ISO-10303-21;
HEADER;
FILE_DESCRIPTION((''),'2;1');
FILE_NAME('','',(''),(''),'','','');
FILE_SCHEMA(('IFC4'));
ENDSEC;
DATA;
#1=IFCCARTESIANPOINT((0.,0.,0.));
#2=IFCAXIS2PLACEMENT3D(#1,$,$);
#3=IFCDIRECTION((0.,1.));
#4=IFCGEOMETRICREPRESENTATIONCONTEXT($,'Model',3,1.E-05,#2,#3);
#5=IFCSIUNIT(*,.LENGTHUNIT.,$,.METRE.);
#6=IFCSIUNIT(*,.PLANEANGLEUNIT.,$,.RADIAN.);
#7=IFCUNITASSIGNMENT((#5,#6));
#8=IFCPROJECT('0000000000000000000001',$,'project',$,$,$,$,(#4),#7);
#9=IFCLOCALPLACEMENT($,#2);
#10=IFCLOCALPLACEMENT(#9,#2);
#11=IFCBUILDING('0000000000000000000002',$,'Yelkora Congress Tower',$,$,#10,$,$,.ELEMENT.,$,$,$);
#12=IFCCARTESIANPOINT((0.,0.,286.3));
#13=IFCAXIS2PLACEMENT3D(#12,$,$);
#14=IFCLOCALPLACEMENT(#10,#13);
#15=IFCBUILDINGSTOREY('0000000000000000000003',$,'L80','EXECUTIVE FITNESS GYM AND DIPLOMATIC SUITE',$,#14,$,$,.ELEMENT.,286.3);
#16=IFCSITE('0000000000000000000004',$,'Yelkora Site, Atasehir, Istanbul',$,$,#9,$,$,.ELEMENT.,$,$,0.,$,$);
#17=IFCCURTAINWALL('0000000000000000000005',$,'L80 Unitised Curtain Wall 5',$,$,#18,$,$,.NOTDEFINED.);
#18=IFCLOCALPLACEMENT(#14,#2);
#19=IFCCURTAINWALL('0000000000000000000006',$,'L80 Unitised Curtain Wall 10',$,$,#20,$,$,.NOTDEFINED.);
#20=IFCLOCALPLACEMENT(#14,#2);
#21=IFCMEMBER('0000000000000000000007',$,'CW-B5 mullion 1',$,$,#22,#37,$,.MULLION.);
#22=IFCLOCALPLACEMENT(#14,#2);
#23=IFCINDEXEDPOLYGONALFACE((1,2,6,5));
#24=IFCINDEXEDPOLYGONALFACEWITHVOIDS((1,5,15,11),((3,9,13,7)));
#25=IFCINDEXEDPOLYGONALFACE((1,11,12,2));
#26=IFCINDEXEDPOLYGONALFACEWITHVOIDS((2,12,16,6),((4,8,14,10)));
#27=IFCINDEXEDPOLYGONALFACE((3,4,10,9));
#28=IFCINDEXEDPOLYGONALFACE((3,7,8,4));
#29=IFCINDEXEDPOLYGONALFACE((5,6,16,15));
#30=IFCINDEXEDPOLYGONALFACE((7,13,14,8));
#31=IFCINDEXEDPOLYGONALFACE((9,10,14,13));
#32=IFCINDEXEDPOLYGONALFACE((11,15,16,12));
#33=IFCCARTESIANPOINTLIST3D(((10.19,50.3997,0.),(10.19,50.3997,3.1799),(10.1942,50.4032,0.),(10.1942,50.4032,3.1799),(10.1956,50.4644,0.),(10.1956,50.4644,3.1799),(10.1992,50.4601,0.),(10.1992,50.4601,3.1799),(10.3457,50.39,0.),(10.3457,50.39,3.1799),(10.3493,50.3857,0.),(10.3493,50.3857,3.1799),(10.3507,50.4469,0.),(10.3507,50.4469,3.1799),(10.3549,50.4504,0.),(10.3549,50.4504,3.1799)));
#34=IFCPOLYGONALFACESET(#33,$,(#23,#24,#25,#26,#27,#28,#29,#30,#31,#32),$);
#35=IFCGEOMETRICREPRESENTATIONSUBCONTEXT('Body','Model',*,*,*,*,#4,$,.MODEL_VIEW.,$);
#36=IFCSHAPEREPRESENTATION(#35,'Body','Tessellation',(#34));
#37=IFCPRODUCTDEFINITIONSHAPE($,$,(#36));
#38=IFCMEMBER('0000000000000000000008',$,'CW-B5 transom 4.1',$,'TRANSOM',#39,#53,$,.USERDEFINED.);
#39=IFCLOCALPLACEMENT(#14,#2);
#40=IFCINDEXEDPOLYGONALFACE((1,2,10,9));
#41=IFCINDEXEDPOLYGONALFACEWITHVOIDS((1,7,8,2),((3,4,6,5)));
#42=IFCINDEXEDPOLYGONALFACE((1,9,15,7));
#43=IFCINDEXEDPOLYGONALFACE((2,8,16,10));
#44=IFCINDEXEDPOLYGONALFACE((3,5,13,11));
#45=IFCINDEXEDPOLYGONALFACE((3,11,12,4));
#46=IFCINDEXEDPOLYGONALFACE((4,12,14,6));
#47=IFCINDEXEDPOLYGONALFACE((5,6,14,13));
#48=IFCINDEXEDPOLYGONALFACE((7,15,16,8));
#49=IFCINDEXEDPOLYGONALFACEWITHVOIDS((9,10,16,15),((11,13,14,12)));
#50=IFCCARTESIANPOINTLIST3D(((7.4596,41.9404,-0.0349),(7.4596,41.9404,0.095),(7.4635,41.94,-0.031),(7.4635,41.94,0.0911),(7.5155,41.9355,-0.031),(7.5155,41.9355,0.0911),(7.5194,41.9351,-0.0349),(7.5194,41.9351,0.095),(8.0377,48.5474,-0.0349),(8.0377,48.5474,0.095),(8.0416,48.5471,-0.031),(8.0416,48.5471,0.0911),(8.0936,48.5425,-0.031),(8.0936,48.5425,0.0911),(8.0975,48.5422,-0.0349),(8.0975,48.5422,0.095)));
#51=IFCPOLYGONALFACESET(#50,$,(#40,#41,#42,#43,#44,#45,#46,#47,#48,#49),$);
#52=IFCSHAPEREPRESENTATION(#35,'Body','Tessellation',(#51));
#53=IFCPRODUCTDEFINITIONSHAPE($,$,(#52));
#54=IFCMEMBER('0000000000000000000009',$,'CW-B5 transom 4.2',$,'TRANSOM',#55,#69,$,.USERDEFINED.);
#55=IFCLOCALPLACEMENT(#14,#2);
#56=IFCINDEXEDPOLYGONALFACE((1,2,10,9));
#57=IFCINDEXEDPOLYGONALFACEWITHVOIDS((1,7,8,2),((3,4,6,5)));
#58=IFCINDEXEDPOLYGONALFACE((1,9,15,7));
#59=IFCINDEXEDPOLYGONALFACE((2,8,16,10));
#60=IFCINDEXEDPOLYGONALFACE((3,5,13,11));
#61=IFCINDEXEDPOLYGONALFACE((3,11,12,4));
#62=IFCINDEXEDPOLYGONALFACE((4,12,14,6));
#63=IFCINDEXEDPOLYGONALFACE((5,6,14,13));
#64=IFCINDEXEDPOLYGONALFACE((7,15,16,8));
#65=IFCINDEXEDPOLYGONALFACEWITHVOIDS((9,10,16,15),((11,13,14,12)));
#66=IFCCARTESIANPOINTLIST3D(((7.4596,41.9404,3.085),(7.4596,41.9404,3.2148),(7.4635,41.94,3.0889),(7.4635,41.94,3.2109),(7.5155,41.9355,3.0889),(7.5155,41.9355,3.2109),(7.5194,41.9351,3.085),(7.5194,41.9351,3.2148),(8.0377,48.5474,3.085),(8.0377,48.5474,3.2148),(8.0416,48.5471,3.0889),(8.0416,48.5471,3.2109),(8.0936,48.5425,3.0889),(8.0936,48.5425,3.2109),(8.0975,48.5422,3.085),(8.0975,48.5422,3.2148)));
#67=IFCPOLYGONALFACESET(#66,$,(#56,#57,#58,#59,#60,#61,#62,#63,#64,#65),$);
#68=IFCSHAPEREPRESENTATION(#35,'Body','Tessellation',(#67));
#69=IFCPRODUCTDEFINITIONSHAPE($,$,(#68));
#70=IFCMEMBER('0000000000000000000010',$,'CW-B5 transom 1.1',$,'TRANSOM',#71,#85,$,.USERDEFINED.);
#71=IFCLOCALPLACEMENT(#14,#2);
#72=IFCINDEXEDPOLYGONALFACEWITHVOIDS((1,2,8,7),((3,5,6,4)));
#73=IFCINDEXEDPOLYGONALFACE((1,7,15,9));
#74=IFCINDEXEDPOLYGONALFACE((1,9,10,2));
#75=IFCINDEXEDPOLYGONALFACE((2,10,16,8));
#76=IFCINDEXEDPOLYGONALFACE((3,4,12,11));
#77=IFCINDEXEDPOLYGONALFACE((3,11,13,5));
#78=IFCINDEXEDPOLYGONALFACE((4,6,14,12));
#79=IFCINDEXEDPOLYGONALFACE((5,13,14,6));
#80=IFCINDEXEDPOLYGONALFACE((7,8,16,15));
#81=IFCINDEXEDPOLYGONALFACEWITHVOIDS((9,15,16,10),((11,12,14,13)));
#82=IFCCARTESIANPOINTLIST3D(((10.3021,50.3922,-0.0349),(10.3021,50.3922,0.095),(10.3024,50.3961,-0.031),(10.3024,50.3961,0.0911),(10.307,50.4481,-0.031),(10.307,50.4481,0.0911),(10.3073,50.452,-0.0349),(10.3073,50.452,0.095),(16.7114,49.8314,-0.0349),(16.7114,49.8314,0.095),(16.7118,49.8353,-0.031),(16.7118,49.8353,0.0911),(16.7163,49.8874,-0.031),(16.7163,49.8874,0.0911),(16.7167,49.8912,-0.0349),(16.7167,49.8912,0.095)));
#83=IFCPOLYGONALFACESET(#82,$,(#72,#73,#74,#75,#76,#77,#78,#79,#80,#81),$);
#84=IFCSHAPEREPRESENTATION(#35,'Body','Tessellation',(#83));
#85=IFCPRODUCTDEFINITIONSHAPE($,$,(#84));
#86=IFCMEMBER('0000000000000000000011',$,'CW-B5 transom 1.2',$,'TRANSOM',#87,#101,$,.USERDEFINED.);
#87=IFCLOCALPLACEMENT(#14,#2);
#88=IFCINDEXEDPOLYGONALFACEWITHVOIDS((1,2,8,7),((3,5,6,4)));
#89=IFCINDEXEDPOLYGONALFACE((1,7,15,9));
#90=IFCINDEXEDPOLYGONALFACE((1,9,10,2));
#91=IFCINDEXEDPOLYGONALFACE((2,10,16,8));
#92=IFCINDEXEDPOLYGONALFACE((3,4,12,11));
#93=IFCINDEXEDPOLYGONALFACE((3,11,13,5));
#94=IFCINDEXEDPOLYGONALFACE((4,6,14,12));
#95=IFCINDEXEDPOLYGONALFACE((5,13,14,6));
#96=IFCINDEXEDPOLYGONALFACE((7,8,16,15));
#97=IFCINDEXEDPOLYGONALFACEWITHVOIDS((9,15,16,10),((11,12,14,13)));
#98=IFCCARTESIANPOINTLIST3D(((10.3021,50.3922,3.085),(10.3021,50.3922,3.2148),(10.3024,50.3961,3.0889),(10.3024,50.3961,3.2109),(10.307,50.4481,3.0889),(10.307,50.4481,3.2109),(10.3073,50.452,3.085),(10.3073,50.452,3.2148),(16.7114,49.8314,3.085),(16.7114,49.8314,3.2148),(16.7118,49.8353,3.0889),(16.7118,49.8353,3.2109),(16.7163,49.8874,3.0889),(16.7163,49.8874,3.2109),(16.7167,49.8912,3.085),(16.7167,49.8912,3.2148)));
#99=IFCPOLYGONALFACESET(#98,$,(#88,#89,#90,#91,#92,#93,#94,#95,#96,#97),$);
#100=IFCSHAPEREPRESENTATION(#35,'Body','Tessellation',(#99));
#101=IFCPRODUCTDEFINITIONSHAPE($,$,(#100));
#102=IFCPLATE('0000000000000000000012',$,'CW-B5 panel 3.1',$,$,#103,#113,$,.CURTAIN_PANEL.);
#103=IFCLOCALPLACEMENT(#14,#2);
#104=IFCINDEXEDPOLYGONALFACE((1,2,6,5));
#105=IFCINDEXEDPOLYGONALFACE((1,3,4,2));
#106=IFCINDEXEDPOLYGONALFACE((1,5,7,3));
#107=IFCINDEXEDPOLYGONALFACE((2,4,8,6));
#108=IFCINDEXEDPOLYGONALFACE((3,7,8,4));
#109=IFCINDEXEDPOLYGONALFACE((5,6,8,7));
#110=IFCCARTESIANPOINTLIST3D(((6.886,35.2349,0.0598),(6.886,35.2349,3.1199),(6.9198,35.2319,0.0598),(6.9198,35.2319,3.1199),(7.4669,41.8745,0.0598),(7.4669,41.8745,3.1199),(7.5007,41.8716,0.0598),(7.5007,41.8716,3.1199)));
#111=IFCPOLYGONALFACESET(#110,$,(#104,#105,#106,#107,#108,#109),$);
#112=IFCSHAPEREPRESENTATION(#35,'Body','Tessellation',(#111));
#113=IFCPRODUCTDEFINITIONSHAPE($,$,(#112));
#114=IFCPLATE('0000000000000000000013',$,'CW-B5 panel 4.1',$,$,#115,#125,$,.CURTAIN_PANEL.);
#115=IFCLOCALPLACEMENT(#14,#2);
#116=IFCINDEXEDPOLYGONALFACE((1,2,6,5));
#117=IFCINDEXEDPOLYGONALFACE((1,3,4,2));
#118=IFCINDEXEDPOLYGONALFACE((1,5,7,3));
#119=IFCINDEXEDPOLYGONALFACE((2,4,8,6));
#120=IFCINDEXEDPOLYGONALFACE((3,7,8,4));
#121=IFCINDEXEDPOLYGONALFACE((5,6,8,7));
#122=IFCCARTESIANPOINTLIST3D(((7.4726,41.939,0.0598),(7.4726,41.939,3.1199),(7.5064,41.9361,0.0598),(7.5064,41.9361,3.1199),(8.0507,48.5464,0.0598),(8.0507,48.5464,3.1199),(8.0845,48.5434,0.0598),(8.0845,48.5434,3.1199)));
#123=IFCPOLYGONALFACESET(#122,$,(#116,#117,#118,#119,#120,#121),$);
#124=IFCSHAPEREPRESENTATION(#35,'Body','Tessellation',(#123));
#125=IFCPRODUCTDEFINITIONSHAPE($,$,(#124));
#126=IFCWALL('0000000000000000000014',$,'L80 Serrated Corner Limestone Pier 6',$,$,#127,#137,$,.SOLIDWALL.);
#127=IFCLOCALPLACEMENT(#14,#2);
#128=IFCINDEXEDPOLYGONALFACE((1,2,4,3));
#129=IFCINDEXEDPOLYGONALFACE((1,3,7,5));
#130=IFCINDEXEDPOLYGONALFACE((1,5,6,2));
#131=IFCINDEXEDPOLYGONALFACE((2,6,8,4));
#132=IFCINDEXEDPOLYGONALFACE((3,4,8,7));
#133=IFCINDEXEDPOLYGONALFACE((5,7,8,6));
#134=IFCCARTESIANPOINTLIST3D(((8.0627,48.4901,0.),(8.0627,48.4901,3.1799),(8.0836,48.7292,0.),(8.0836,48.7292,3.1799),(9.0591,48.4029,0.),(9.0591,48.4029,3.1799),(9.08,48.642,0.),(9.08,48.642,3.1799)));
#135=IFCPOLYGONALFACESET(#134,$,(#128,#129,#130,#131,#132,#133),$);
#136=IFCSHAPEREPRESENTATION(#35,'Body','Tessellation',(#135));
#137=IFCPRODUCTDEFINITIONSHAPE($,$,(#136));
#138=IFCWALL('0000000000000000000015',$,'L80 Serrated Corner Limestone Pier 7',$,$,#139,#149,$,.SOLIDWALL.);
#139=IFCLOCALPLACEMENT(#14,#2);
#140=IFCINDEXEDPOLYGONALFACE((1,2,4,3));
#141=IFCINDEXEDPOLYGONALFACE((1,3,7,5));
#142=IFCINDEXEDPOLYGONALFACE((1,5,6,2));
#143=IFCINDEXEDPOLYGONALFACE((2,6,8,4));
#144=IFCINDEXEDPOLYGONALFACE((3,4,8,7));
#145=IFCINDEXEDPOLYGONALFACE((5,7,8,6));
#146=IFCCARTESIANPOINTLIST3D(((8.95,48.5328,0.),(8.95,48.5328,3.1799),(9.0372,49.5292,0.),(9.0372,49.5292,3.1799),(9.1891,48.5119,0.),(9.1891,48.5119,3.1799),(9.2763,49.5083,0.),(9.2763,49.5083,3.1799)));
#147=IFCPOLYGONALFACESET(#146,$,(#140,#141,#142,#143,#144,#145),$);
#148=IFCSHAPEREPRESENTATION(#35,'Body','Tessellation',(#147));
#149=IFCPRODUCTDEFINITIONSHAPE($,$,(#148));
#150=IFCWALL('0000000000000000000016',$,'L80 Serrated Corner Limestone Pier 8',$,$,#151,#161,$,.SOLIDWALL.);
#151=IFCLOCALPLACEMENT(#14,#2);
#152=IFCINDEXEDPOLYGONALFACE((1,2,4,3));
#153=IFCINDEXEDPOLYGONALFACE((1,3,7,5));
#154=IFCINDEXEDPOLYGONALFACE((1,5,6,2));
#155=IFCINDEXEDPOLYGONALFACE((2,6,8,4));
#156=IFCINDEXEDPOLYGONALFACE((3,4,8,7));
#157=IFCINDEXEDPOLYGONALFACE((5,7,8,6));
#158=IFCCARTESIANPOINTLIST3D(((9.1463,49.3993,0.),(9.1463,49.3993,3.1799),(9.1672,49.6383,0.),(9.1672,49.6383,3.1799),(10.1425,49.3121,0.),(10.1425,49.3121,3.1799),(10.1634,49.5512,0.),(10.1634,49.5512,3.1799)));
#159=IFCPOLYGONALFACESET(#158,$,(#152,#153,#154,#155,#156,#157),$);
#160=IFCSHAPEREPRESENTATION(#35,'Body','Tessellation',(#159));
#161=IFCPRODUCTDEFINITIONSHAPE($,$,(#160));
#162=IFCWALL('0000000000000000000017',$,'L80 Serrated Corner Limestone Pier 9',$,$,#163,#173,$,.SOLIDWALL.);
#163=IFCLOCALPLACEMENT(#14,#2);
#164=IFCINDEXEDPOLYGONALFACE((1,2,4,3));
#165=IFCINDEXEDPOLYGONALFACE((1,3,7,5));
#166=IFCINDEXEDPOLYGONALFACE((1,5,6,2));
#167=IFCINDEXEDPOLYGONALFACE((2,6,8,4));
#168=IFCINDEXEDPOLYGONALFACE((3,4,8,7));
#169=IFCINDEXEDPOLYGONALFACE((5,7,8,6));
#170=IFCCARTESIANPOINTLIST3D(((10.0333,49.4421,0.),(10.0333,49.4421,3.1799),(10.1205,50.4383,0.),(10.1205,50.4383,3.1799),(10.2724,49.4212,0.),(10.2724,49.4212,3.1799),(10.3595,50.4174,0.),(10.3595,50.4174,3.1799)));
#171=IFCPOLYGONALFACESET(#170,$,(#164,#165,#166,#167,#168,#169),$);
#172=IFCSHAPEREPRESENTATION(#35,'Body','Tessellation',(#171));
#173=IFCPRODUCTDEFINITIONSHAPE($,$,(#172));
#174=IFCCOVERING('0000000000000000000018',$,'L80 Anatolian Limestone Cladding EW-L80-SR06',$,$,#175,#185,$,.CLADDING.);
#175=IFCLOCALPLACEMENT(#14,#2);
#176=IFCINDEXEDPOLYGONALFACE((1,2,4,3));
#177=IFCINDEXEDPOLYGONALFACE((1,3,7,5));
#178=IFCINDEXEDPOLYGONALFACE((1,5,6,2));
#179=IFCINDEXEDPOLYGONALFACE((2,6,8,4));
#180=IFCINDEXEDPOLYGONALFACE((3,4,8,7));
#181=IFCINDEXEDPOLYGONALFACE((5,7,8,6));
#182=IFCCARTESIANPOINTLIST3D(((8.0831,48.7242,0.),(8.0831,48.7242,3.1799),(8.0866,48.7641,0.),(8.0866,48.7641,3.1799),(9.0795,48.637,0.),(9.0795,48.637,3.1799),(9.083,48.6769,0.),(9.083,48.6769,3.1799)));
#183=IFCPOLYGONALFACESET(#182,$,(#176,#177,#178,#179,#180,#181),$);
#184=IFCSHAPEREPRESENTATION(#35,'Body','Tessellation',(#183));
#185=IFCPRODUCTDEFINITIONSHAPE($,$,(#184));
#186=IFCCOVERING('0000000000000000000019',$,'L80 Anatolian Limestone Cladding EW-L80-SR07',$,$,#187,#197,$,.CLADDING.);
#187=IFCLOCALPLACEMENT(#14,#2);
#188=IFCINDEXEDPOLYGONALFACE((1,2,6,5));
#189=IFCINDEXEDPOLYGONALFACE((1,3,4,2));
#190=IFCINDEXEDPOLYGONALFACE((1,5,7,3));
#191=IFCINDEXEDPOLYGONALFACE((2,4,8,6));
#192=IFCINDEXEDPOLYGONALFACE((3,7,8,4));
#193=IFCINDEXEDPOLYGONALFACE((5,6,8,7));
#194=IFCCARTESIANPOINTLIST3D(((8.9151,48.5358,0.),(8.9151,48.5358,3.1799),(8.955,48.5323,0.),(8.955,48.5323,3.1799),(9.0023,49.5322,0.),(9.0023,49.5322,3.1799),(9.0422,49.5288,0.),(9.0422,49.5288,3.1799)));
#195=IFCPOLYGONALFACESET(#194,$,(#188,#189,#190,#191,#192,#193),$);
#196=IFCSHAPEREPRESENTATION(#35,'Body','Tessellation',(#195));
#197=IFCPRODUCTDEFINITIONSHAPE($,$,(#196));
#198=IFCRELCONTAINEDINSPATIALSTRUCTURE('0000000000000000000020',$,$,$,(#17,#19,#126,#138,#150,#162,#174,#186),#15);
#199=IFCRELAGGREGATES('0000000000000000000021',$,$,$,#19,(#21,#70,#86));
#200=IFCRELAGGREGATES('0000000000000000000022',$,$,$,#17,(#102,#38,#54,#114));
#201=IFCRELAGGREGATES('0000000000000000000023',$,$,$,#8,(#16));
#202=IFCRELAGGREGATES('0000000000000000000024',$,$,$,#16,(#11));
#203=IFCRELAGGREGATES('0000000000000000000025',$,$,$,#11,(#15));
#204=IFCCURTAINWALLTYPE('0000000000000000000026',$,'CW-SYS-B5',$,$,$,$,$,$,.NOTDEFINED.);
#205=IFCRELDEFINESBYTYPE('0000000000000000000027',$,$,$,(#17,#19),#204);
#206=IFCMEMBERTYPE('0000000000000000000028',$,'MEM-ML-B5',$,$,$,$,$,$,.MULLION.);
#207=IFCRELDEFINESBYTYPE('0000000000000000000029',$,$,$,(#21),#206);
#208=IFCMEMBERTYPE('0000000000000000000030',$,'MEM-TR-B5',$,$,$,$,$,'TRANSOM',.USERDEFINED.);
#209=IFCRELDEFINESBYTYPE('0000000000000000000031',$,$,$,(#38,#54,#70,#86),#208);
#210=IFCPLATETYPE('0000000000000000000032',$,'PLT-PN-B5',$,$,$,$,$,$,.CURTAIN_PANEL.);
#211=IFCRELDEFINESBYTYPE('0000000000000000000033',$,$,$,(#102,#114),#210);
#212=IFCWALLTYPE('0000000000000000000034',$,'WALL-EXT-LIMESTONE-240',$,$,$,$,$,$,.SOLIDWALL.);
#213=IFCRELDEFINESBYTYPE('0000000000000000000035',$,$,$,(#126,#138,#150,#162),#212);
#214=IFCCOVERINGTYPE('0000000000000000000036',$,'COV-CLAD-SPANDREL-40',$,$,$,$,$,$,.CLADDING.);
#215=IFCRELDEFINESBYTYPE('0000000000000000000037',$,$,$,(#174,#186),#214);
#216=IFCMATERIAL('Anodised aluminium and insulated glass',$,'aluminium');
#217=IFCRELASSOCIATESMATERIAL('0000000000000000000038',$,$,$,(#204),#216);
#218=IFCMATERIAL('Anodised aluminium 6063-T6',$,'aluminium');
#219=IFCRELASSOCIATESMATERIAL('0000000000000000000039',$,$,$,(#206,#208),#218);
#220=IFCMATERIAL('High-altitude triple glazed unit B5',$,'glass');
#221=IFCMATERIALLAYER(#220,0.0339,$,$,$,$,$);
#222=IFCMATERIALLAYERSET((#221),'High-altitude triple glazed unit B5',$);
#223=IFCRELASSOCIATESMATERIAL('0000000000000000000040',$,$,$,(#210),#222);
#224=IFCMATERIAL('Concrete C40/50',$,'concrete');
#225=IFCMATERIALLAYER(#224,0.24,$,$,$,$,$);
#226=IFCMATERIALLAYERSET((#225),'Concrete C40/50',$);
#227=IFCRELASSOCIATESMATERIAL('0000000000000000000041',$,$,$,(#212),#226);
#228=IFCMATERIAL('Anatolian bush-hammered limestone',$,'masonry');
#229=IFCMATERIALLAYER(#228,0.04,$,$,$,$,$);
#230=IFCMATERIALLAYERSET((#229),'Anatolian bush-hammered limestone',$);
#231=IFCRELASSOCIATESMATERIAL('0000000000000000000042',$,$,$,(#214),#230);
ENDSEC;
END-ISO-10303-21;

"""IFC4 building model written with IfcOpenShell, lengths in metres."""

from ifc_helpers import new_model, si_unit, direction, frame, frame_2d, origin, origin_2d, place, context, subcontext, project, spatial, rectangle, hollow_rectangle, extrude, material, layer, layer_set, material_profile, profile_set, type_object, element, aggregate, save


model = new_model("IFC4")

# Units and contexts
model_context = context("Model", 3, precision=1e-05, world=origin(), true_north=direction((0.0, 1.0)))
body_context = subcontext(model_context, "Body", "Model", "MODEL_VIEW")
ifc_project = project(units=[si_unit("LENGTHUNIT", "METRE"), si_unit("PLANEANGLEUNIT", "RADIAN")], contexts=[model_context])

# Site, building, storey
site_placement = place(None, origin())
site = spatial("IfcSite", under=ifc_project, at=site_placement, Name="Yelkora Site, Atasehir, Istanbul", CompositionType="ELEMENT", RefElevation=0.0)
building_placement = place(site_placement, origin())
building = spatial("IfcBuilding", under=site, at=building_placement, Name="Yelkora Congress Tower", CompositionType="ELEMENT")
storey_placement = place(building_placement, frame((0.0, 0.0, 286.3)))
storey = spatial("IfcBuildingStorey", under=building, at=storey_placement, Name="L80", Description="EXECUTIVE FITNESS GYM AND DIPLOMATIC SUITE", CompositionType="ELEMENT", Elevation=286.3)

# Curtain wall
ifc_material_1 = material(Name="Anodised aluminium and insulated glass", Category="aluminium")
curtain_wall_type = type_object("IfcCurtainWallType", Name="CW-SYS-B5", PredefinedType="NOTDEFINED", material=ifc_material_1)
curtain_wall_1_placement = place(storey_placement, origin())
curtain_wall_1 = element("IfcCurtainWall", 1, at=curtain_wall_1_placement, inside=storey, type_object=curtain_wall_type, Name="L80 Unitised Curtain Wall 5", PredefinedType="NOTDEFINED")
ifc_material_2 = material(Name="Anodised aluminium 6063-T6", Category="aluminium")
ifc_material_profile_1 = material_profile(ifc_material_2, hollow_rectangle(XDim=0.0649, YDim=0.1599, WallThickness=0.0039, at=origin_2d()), Name="ALU 65x160x4")
ifc_profile_set_1 = profile_set([ifc_material_profile_1], Name="Anodised aluminium 6063-T6")
member_type_1 = type_object("IfcMemberType", Name="MEM-ML-B5", PredefinedType="MULLION", material=ifc_profile_set_1)

# Curtain wall, member
curtain_wall_2_placement = place(storey_placement, origin())
curtain_wall_2 = element("IfcCurtainWall", 2, at=curtain_wall_2_placement, inside=storey, type_object=curtain_wall_type, Name="L80 Unitised Curtain Wall 10", PredefinedType="NOTDEFINED")
member_1_placement = place(storey_placement, frame((10.2725, 50.425, 0.0), z_axis=(0.0, 0.0, 1.0), x_axis=(0.087157, 0.996195, 0.0)))
member_1 = element("IfcMember", 3, at=member_1_placement, type_object=member_type_1, Name="CW-B5 mullion 1", PredefinedType="MULLION", context=body_context, shape_type="SweptSolid", body=[
    extrude(hollow_rectangle(XDim=0.0649, YDim=0.1599, WallThickness=0.0039, at=origin_2d()), origin(), (0.0, 0.0, 1.0), 3.1799),
])

# Members
ifc_material_profile_2 = material_profile(ifc_material_2, hollow_rectangle(XDim=0.0601, YDim=0.1299, WallThickness=0.0039, at=origin_2d()), Name="ALU 60x130x4")
ifc_profile_set_2 = profile_set([ifc_material_profile_2], Name="Anodised aluminium 6063-T6")
member_type_2 = type_object("IfcMemberType", Name="MEM-TR-B5", ElementType="TRANSOM", PredefinedType="USERDEFINED", material=ifc_profile_set_2)
member_2_placement = place(storey_placement, frame((7.4895, 41.9377, 0.03), z_axis=(0.087166, 0.996194, 0.0), x_axis=(-0.996194, 0.087166, 0.0)))
member_2 = element("IfcMember", 4, at=member_2_placement, type_object=member_type_2, Name="CW-B5 transom 4.1", ObjectType="TRANSOM", PredefinedType="USERDEFINED", context=body_context, shape_type="SweptSolid", body=[
    extrude(hollow_rectangle(XDim=0.0601, YDim=0.1299, WallThickness=0.0039, at=origin_2d()), origin(), (0.0, 0.0, 1.0), 6.6323),
])
member_3_placement = place(storey_placement, frame((7.4895, 41.9377, 3.1499), z_axis=(0.087166, 0.996194, 0.0), x_axis=(-0.996194, 0.087166, 0.0)))
member_3 = element("IfcMember", 5, at=member_3_placement, type_object=member_type_2, Name="CW-B5 transom 4.2", ObjectType="TRANSOM", PredefinedType="USERDEFINED", context=body_context, shape_type="SweptSolid", body=[
    extrude(hollow_rectangle(XDim=0.0601, YDim=0.1299, WallThickness=0.0039, at=origin_2d()), origin(), (0.0, 0.0, 1.0), 6.6323),
])
member_4_placement = place(storey_placement, frame((10.3047, 50.4221, 0.03), z_axis=(0.996194, -0.087162, 0.0), x_axis=(0.087162, 0.996194, 0.0)))
member_4 = element("IfcMember", 6, at=member_4_placement, type_object=member_type_2, Name="CW-B5 transom 1.1", ObjectType="TRANSOM", PredefinedType="USERDEFINED", context=body_context, shape_type="SweptSolid", body=[
    extrude(hollow_rectangle(XDim=0.0601, YDim=0.1299, WallThickness=0.0039, at=origin_2d()), origin(), (0.0, 0.0, 1.0), 6.4338),
])
member_5_placement = place(storey_placement, frame((10.3047, 50.4221, 3.1499), z_axis=(0.996194, -0.087162, 0.0), x_axis=(0.087162, 0.996194, 0.0)))
member_5 = element("IfcMember", 7, at=member_5_placement, type_object=member_type_2, Name="CW-B5 transom 1.2", ObjectType="TRANSOM", PredefinedType="USERDEFINED", context=body_context, shape_type="SweptSolid", body=[
    extrude(hollow_rectangle(XDim=0.0601, YDim=0.1299, WallThickness=0.0039, at=origin_2d()), origin(), (0.0, 0.0, 1.0), 6.4338),
])
aggregate(curtain_wall_2, [member_1, member_4, member_5])

# Plates
ifc_material_3 = material(Name="High-altitude triple glazed unit B5", Category="glass")
ifc_layer_1 = layer(ifc_material_3, 0.0339)
ifc_layer_set_1 = layer_set([ifc_layer_1], Name="High-altitude triple glazed unit B5")
plate_type = type_object("IfcPlateType", Name="PLT-PN-B5", PredefinedType="CURTAIN_PANEL", material=ifc_layer_set_1)
plate_1_placement = place(storey_placement, frame((7.1934, 38.5532, 0.0598), z_axis=(0.0, 0.0, 1.0), x_axis=(0.087155, 0.996195, 0.0)))
plate_1 = element("IfcPlate", 8, at=plate_1_placement, type_object=plate_type, Name="CW-B5 panel 3.1", PredefinedType="CURTAIN_PANEL", context=body_context, shape_type="SweptSolid", body=[
    extrude(rectangle(XDim=6.665, YDim=0.0339, at=origin_2d()), origin(), (0.0, 0.0, 1.0), 3.0601),
])
plate_2_placement = place(storey_placement, frame((7.7786, 45.2412, 0.0598), z_axis=(0.0, 0.0, 1.0), x_axis=(0.087155, 0.996195, 0.0)))
plate_2 = element("IfcPlate", 9, at=plate_2_placement, type_object=plate_type, Name="CW-B5 panel 4.1", PredefinedType="CURTAIN_PANEL", context=body_context, shape_type="SweptSolid", body=[
    extrude(rectangle(XDim=6.6326, YDim=0.0339, at=origin_2d()), origin(), (0.0, 0.0, 1.0), 3.0601),
])
aggregate(curtain_wall_1, [plate_1, member_2, member_3, plate_2])

# Walls
ifc_material_4 = material(Name="Concrete C40/50", Category="concrete")
ifc_layer_2 = layer(ifc_material_4, 0.24)
ifc_layer_set_2 = layer_set([ifc_layer_2], Name="Concrete C40/50")
wall_type = type_object("IfcWallType", Name="WALL-EXT-LIMESTONE-240", PredefinedType="SOLIDWALL", material=ifc_layer_set_2)
for number, where, z_axis, x_axis, name in (
    (10, (8.0732, 48.6096, 0.0), (0.0, 0.0, 1.0), (0.996196, -0.087146, 0.0), "L80 Serrated Corner Limestone Pier 6"),
    (11, (9.0696, 48.5225, 0.0), (0.0, 0.0, 1.0), (0.087146, 0.996196, 0.0), "L80 Serrated Corner Limestone Pier 7"),
):
    element("IfcWall", number, at=place(storey_placement, frame(where, z_axis=z_axis, x_axis=x_axis)), inside=storey, type_object=wall_type, Name=name, PredefinedType="SOLIDWALL", context=body_context, shape_type="SweptSolid", body=[
        extrude(rectangle(XDim=1.0002, YDim=0.24, at=frame_2d((0.5, 0.0))), origin(), (0.0, 0.0, 1.0), 3.1799),
    ])
for number, where, z_axis, x_axis, name in (
    (12, (9.1567, 49.5188, 0.0), (0.0, 0.0, 1.0), (0.996194, -0.087167, 0.0), "L80 Serrated Corner Limestone Pier 8"),
    (13, (10.1528, 49.4316, 0.0), (0.0, 0.0, 1.0), (0.087167, 0.996194, 0.0), "L80 Serrated Corner Limestone Pier 9"),
):
    element("IfcWall", number, at=place(storey_placement, frame(where, z_axis=z_axis, x_axis=x_axis)), inside=storey, type_object=wall_type, Name=name, PredefinedType="SOLIDWALL", context=body_context, shape_type="SweptSolid", body=[
        extrude(rectangle(XDim=1.0, YDim=0.24, at=frame_2d((0.5, 0.0))), origin(), (0.0, 0.0, 1.0), 3.1799),
    ])

# Coverings
ifc_material_5 = material(Name="Anatolian bush-hammered limestone", Category="masonry")
ifc_layer_3 = layer(ifc_material_5, 0.04)
ifc_layer_set_3 = layer_set([ifc_layer_3], Name="Anatolian bush-hammered limestone")
covering_type = type_object("IfcCoveringType", Name="COV-CLAD-SPANDREL-40", PredefinedType="CLADDING", material=ifc_layer_set_3)
for number, where, z_axis, x_axis, name in (
    (14, (8.085, 48.7441, 0.0), (0.0, 0.0, 1.0), (0.996196, -0.087146, 0.0), "L80 Anatolian Limestone Cladding EW-L80-SR06"),
    (15, (8.9351, 48.5342, 0.0), (0.0, 0.0, 1.0), (0.087146, 0.996196, 0.0), "L80 Anatolian Limestone Cladding EW-L80-SR07"),
):
    element("IfcCovering", number, at=place(storey_placement, frame(where, z_axis=z_axis, x_axis=x_axis)), inside=storey, type_object=covering_type, Name=name, PredefinedType="CLADDING", context=body_context, shape_type="SweptSolid", body=[
        extrude(rectangle(XDim=1.0002, YDim=0.04, at=frame_2d((0.5, 0.0))), origin(), (0.0, 0.0, 1.0), 3.1799),
    ])

save(model, "model.ifc")
